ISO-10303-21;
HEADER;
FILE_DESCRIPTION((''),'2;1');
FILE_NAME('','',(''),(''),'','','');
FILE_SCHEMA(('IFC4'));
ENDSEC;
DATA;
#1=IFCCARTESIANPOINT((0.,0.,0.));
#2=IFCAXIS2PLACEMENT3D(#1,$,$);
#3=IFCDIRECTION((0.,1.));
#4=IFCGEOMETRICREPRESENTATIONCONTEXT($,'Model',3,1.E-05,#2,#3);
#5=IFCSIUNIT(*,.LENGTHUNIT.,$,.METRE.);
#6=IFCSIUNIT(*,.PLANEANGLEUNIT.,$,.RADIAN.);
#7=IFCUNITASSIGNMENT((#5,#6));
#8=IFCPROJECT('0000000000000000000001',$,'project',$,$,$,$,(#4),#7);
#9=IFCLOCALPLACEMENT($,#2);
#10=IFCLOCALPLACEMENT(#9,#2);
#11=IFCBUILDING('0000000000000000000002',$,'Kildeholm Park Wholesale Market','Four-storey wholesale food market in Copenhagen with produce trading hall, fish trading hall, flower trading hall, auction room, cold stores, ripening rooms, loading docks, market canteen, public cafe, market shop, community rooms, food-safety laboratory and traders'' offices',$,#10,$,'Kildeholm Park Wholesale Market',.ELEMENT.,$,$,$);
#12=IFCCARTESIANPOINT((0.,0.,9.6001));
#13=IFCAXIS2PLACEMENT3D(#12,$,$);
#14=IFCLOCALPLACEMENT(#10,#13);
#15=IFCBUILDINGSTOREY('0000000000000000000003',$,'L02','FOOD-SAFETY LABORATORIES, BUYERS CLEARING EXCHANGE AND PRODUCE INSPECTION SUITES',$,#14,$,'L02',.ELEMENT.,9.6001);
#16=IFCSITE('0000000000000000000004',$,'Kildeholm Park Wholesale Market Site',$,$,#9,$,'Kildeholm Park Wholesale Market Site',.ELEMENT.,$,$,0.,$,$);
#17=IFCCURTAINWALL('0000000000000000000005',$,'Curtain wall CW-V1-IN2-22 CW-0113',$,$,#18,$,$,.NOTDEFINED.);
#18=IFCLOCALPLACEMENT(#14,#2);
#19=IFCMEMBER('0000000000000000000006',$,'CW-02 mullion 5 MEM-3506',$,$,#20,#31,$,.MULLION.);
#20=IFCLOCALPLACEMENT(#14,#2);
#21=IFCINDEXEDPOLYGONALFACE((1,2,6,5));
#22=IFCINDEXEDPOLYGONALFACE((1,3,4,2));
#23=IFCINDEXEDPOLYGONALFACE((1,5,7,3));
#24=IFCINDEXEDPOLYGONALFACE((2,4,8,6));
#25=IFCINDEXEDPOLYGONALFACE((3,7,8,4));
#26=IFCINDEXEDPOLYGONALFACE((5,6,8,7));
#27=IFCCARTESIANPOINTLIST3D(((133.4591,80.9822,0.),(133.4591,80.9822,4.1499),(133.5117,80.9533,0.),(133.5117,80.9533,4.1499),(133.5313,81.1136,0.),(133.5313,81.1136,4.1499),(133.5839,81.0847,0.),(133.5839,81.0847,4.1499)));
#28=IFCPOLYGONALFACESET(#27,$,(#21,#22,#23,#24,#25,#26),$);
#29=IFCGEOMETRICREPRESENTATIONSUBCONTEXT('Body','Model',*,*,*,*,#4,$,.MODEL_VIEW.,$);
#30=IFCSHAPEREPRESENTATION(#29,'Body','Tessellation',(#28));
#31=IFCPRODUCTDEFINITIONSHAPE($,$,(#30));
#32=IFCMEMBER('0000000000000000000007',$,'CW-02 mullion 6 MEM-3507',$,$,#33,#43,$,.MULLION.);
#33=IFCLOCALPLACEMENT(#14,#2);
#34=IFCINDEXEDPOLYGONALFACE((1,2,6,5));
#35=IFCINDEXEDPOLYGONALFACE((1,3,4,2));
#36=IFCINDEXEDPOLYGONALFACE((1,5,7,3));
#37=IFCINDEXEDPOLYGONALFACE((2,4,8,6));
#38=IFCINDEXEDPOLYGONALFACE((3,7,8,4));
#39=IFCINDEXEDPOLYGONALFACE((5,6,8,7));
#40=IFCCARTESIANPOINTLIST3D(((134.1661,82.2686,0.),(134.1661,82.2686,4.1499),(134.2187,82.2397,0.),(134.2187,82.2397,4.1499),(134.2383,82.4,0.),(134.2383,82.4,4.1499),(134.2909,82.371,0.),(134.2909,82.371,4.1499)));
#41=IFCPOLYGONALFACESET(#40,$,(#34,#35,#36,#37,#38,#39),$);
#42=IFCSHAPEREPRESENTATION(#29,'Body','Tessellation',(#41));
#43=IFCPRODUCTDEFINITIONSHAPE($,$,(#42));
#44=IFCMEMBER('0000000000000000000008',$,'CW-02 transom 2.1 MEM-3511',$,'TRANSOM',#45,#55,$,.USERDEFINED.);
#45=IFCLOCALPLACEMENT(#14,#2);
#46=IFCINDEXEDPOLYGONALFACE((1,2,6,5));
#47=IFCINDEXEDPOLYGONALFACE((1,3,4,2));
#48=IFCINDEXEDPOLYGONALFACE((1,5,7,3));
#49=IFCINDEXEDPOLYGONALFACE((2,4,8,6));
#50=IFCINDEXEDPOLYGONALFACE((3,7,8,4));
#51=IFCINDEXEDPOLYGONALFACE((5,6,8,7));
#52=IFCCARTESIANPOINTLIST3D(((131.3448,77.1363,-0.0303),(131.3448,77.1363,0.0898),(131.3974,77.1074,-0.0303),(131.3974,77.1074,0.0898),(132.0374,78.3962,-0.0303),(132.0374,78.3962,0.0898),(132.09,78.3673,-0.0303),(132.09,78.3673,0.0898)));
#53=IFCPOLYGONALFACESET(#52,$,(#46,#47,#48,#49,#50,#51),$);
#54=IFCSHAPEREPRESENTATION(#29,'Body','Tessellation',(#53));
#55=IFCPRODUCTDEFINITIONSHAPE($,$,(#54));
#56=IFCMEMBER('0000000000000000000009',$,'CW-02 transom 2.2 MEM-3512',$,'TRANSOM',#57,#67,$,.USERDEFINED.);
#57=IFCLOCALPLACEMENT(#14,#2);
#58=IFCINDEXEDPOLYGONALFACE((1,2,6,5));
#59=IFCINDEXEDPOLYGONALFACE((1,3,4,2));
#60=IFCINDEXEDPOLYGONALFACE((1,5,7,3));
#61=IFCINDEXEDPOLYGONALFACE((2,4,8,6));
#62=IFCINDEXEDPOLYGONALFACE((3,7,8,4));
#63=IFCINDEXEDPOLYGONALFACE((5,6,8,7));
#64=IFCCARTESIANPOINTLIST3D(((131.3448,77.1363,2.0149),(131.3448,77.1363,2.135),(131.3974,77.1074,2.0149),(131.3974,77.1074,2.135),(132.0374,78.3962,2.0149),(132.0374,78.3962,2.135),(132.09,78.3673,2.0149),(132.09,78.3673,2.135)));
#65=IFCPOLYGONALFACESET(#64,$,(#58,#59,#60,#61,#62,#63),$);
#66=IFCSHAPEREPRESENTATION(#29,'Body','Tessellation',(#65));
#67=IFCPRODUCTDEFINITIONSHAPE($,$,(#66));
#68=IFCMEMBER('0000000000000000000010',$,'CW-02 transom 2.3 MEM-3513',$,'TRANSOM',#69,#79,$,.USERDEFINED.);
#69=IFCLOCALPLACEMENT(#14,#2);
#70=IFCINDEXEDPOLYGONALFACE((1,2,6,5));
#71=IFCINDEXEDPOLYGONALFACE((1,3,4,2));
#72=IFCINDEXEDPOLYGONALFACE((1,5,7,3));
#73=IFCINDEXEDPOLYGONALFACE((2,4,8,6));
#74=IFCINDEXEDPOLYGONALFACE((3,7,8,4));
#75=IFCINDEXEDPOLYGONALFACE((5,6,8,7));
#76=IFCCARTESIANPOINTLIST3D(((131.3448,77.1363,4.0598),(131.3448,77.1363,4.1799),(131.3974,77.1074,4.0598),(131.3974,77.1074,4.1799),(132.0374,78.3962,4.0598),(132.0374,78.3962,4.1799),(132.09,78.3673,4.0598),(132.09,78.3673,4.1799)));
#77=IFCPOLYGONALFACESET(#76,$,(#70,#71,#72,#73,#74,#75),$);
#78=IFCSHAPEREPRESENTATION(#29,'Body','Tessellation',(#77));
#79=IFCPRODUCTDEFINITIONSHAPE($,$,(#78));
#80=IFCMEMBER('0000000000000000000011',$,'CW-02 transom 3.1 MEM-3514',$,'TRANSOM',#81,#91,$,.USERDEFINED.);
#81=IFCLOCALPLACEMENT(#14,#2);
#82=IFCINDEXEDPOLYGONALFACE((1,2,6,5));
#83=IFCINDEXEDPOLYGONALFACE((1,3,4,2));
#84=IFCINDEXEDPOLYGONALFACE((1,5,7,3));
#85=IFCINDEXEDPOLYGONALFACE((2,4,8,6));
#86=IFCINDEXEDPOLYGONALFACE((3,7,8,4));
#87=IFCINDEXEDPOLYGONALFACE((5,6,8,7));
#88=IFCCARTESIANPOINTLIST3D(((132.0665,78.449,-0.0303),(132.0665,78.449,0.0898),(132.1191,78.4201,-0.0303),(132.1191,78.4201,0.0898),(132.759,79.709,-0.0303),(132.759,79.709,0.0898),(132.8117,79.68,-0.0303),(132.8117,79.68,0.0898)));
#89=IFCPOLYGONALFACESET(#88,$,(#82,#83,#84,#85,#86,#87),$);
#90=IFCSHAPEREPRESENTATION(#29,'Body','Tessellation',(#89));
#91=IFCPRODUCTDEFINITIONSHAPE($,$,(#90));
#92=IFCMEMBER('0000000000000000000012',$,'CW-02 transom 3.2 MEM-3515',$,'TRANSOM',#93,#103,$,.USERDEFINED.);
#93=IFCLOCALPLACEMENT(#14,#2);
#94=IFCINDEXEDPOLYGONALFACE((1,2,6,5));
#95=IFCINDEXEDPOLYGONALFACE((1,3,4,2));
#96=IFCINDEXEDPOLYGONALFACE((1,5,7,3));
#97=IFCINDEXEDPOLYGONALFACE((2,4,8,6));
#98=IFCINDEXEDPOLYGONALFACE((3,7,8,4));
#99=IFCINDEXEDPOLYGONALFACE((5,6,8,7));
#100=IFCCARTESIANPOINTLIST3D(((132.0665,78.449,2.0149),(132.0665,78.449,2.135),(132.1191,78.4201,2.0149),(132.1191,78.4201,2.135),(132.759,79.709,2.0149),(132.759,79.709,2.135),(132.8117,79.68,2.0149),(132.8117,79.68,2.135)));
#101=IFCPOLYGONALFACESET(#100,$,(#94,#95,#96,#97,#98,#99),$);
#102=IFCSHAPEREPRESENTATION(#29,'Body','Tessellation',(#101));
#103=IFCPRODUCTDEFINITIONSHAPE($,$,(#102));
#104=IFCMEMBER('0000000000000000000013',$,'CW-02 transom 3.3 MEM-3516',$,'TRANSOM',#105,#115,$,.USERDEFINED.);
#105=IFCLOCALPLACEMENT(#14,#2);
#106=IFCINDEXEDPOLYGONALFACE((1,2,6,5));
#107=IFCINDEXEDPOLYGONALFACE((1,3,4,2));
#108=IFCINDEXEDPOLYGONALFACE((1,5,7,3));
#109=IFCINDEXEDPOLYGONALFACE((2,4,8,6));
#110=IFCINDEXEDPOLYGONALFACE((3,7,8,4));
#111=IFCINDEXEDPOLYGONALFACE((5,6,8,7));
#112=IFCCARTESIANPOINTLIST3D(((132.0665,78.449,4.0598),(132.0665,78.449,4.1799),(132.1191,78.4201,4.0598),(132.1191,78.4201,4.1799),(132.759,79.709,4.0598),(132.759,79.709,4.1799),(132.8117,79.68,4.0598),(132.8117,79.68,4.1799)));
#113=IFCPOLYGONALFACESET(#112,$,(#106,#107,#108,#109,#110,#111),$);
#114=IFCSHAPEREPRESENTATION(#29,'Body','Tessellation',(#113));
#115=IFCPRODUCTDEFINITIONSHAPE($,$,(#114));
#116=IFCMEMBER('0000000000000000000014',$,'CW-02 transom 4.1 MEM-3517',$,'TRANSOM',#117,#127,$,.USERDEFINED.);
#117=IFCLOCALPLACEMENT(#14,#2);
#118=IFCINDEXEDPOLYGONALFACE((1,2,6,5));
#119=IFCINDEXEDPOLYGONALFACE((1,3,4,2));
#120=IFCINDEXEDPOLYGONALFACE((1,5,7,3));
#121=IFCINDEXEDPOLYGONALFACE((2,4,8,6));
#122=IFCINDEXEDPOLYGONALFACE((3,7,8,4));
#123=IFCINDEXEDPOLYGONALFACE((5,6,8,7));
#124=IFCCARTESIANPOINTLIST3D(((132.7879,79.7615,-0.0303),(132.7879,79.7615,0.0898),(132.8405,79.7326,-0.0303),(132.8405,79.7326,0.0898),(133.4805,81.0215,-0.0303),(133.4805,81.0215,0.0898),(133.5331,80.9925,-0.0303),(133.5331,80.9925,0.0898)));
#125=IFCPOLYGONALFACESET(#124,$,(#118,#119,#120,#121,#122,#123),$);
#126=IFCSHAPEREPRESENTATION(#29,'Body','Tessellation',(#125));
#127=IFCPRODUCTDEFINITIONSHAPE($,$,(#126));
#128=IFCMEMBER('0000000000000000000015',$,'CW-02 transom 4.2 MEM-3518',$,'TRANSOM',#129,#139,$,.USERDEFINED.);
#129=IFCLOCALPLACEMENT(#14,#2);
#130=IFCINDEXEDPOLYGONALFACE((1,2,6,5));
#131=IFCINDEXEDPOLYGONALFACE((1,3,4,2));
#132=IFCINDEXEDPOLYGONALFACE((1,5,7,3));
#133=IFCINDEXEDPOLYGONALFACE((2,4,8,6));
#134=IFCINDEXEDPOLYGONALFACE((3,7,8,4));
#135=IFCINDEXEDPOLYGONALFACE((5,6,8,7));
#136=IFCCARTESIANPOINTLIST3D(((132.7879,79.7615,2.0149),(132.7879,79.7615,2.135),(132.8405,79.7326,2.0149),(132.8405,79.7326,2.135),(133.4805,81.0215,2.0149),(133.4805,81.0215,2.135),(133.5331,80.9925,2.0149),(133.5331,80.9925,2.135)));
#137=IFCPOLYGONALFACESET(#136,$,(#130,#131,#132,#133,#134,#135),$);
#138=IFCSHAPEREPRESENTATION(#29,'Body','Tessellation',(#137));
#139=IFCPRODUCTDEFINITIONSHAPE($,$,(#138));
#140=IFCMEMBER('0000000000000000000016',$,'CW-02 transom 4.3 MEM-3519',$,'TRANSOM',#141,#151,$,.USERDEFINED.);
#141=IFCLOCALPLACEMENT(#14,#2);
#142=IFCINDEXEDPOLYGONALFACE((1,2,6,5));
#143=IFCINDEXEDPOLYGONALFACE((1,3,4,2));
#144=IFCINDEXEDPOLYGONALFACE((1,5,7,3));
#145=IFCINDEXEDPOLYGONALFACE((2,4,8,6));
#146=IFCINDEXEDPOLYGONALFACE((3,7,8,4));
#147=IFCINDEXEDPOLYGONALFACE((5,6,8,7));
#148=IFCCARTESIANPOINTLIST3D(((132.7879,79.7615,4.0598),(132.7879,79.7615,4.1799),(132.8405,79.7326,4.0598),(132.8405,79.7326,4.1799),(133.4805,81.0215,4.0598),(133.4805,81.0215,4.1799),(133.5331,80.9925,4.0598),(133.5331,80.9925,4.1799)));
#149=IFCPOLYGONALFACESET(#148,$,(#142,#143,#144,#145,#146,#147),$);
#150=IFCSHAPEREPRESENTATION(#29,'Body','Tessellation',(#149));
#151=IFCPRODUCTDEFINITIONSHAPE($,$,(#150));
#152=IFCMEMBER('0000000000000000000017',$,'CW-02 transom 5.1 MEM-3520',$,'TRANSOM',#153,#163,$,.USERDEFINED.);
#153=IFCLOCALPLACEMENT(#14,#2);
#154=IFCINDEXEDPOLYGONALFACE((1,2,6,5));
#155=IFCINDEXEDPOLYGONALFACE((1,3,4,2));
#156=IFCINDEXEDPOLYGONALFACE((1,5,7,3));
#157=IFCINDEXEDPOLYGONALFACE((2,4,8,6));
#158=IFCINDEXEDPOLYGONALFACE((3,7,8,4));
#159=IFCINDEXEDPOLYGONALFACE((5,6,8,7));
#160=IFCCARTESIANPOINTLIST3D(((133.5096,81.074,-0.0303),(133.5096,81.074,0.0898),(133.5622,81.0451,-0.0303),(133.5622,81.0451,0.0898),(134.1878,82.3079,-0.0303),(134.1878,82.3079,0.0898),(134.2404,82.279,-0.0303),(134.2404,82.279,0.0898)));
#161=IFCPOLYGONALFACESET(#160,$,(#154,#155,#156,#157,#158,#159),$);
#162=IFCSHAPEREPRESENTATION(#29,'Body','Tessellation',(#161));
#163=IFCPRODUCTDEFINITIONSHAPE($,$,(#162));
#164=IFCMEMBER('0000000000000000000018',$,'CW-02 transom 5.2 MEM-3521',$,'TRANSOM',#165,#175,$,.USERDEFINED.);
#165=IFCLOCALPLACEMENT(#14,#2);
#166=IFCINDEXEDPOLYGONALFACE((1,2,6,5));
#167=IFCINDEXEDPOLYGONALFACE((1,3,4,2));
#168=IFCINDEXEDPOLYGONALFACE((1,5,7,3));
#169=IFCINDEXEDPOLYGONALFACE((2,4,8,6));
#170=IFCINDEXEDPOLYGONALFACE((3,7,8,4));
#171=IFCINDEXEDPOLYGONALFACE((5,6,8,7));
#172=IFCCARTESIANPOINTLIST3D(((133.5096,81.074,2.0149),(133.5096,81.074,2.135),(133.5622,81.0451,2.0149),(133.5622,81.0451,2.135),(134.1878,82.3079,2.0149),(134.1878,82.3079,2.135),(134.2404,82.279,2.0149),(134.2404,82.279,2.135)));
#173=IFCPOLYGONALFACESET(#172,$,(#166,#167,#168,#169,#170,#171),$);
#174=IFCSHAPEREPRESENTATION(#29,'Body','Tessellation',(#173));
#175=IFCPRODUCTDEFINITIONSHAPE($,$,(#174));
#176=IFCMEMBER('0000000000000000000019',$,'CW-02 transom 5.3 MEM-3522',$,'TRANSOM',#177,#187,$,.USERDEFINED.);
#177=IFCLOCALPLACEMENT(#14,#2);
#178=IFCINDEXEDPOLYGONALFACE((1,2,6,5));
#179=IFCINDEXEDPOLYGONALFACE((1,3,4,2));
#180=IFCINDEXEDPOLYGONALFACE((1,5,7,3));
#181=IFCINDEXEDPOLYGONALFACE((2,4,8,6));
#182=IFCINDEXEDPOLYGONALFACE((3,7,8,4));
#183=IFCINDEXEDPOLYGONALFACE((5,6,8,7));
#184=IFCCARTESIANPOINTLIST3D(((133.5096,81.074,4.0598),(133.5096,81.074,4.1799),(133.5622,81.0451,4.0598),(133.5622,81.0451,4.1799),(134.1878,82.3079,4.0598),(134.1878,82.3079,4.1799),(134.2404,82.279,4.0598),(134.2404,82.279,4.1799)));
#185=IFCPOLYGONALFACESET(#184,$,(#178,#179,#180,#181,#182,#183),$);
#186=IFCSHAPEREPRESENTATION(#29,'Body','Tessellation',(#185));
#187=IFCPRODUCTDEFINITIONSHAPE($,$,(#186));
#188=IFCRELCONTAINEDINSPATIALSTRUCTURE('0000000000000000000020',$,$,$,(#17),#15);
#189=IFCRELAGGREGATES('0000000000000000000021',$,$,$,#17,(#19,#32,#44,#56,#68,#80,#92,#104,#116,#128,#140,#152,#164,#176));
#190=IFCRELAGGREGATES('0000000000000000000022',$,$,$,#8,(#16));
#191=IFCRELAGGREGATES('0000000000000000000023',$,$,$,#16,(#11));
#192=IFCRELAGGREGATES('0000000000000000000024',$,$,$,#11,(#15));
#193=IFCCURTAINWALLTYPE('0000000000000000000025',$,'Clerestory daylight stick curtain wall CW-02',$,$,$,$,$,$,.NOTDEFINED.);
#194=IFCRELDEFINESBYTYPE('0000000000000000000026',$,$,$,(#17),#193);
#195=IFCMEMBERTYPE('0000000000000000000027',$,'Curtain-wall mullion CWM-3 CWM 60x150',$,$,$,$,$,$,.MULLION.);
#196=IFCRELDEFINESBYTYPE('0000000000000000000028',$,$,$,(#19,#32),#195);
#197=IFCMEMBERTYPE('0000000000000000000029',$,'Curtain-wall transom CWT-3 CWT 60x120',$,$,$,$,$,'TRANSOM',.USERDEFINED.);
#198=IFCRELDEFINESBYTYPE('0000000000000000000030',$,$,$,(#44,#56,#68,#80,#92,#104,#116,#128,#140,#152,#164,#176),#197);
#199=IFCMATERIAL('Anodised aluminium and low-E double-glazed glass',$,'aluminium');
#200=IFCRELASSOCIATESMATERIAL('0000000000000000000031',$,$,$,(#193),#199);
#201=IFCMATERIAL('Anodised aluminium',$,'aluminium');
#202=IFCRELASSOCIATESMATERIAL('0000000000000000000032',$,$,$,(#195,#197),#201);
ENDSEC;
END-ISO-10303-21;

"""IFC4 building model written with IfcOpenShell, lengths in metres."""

from ifc_helpers import new_model, si_unit, direction, frame, origin, origin_2d, place, context, subcontext, project, spatial, rectangle, extrude, material, material_profile, profile_set, type_object, element, aggregate, save


model = new_model("IFC4")

# Units and contexts
model_context = context("Model", 3, precision=1e-05, world=origin(), true_north=direction((0.0, 1.0)))
body_context = subcontext(model_context, "Body", "Model", "MODEL_VIEW")
ifc_project = project(units=[si_unit("LENGTHUNIT", "METRE"), si_unit("PLANEANGLEUNIT", "RADIAN")], contexts=[model_context])

# Site, building, storey
site_placement = place(None, origin())
site = spatial("IfcSite", under=ifc_project, at=site_placement, Name="Kildeholm Park Wholesale Market Site", LongName="Kildeholm Park Wholesale Market Site", CompositionType="ELEMENT", RefElevation=0.0)
building_placement = place(site_placement, origin())
building = spatial("IfcBuilding", under=site, at=building_placement, Name="Kildeholm Park Wholesale Market", Description="Four-storey wholesale food market in Copenhagen with produce trading hall, fish trading hall, flower trading hall, auction room, cold stores, ripening rooms, loading docks, market canteen, public cafe, market shop, community rooms, food-safety laboratory and traders' offices", LongName="Kildeholm Park Wholesale Market", CompositionType="ELEMENT")
storey_placement = place(building_placement, frame((0.0, 0.0, 9.6001)))
storey = spatial("IfcBuildingStorey", under=building, at=storey_placement, Name="L02", Description="FOOD-SAFETY LABORATORIES, BUYERS CLEARING EXCHANGE AND PRODUCE INSPECTION SUITES", LongName="L02", CompositionType="ELEMENT", Elevation=9.6001)

# Curtain wall, members
ifc_material_1 = material(Name="Anodised aluminium and low-E double-glazed glass", Category="aluminium")
curtain_wall_type = type_object("IfcCurtainWallType", Name="Clerestory daylight stick curtain wall CW-02", PredefinedType="NOTDEFINED", material=ifc_material_1)
curtain_wall_placement = place(storey_placement, origin())
curtain_wall = element("IfcCurtainWall", 1, at=curtain_wall_placement, inside=storey, type_object=curtain_wall_type, Name="Curtain wall CW-V1-IN2-22 CW-0113", PredefinedType="NOTDEFINED")
ifc_material_2 = material(Name="Anodised aluminium", Category="aluminium")
ifc_material_profile_1 = material_profile(ifc_material_2, rectangle(XDim=0.0601, YDim=0.1499, at=origin_2d()), Name="CWM 60x150")
ifc_profile_set_1 = profile_set([ifc_material_profile_1], Name="Anodised aluminium")
member_type_1 = type_object("IfcMemberType", Name="Curtain-wall mullion CWM-3 CWM 60x150", PredefinedType="MULLION", material=ifc_profile_set_1)
member_1_placement = place(storey_placement, frame((133.5215, 81.0334, 0.0), z_axis=(0.0, 0.0, 1.0), x_axis=(-0.876309, 0.48175, 0.0)))
member_1 = element("IfcMember", 2, at=member_1_placement, type_object=member_type_1, Name="CW-02 mullion 5 MEM-3506", PredefinedType="MULLION", context=body_context, shape_type="SweptSolid", body=[
    extrude(rectangle(XDim=0.0601, YDim=0.1499, at=origin_2d()), origin(), (0.0, 0.0, 1.0), 4.1499),
])
member_2_placement = place(storey_placement, frame((134.2285, 82.3198, 0.0), z_axis=(0.0, 0.0, 1.0), x_axis=(-0.876309, 0.48175, 0.0)))
member_2 = element("IfcMember", 3, at=member_2_placement, type_object=member_type_1, Name="CW-02 mullion 6 MEM-3507", PredefinedType="MULLION", context=body_context, shape_type="SweptSolid", body=[
    extrude(rectangle(XDim=0.0601, YDim=0.1499, at=origin_2d()), origin(), (0.0, 0.0, 1.0), 4.1499),
])
ifc_material_profile_2 = material_profile(ifc_material_2, rectangle(XDim=0.0601, YDim=0.1201, at=origin_2d()), Name="CWT 60x120")
ifc_profile_set_2 = profile_set([ifc_material_profile_2], Name="Anodised aluminium")
member_type_2 = type_object("IfcMemberType", Name="Curtain-wall transom CWT-3 CWT 60x120", ElementType="TRANSOM", PredefinedType="USERDEFINED", material=ifc_profile_set_2)
member_3_placement = place(storey_placement, frame((131.3711, 77.1218, 0.0298), z_axis=(0.481717, 0.876327, 0.0), x_axis=(-0.876327, 0.481717, 0.0)))
member_3 = element("IfcMember", 4, at=member_3_placement, type_object=member_type_2, Name="CW-02 transom 2.1 MEM-3511", ObjectType="TRANSOM", PredefinedType="USERDEFINED", context=body_context, shape_type="SweptSolid", body=[
    extrude(rectangle(XDim=0.0601, YDim=0.1201, at=origin_2d()), origin(), (0.0, 0.0, 1.0), 1.4377),
])
member_4_placement = place(storey_placement, frame((131.3711, 77.1218, 2.075), z_axis=(0.481717, 0.876327, 0.0), x_axis=(-0.876327, 0.481717, 0.0)))
member_4 = element("IfcMember", 5, at=member_4_placement, type_object=member_type_2, Name="CW-02 transom 2.2 MEM-3512", ObjectType="TRANSOM", PredefinedType="USERDEFINED", context=body_context, shape_type="SweptSolid", body=[
    extrude(rectangle(XDim=0.0601, YDim=0.1201, at=origin_2d()), origin(), (0.0, 0.0, 1.0), 1.4377),
])
member_5_placement = place(storey_placement, frame((131.3711, 77.1218, 4.1199), z_axis=(0.481717, 0.876327, 0.0), x_axis=(-0.876327, 0.481717, 0.0)))
member_5 = element("IfcMember", 6, at=member_5_placement, type_object=member_type_2, Name="CW-02 transom 2.3 MEM-3513", ObjectType="TRANSOM", PredefinedType="USERDEFINED", context=body_context, shape_type="SweptSolid", body=[
    extrude(rectangle(XDim=0.0601, YDim=0.1201, at=origin_2d()), origin(), (0.0, 0.0, 1.0), 1.4377),
])
member_6_placement = place(storey_placement, frame((132.0928, 78.4346, 0.0298), z_axis=(0.481717, 0.876327, 0.0), x_axis=(-0.876327, 0.481717, 0.0)))
member_6 = element("IfcMember", 7, at=member_6_placement, type_object=member_type_2, Name="CW-02 transom 3.1 MEM-3514", ObjectType="TRANSOM", PredefinedType="USERDEFINED", context=body_context, shape_type="SweptSolid", body=[
    extrude(rectangle(XDim=0.0601, YDim=0.1201, at=origin_2d()), origin(), (0.0, 0.0, 1.0), 1.4377),
])
member_7_placement = place(storey_placement, frame((132.0928, 78.4346, 2.075), z_axis=(0.481717, 0.876327, 0.0), x_axis=(-0.876327, 0.481717, 0.0)))
member_7 = element("IfcMember", 8, at=member_7_placement, type_object=member_type_2, Name="CW-02 transom 3.2 MEM-3515", ObjectType="TRANSOM", PredefinedType="USERDEFINED", context=body_context, shape_type="SweptSolid", body=[
    extrude(rectangle(XDim=0.0601, YDim=0.1201, at=origin_2d()), origin(), (0.0, 0.0, 1.0), 1.4377),
])
member_8_placement = place(storey_placement, frame((132.0928, 78.4346, 4.1199), z_axis=(0.481717, 0.876327, 0.0), x_axis=(-0.876327, 0.481717, 0.0)))
member_8 = element("IfcMember", 9, at=member_8_placement, type_object=member_type_2, Name="CW-02 transom 3.3 MEM-3516", ObjectType="TRANSOM", PredefinedType="USERDEFINED", context=body_context, shape_type="SweptSolid", body=[
    extrude(rectangle(XDim=0.0601, YDim=0.1201, at=origin_2d()), origin(), (0.0, 0.0, 1.0), 1.4377),
])
member_9_placement = place(storey_placement, frame((132.8142, 79.7471, 0.0298), z_axis=(0.481717, 0.876327, 0.0), x_axis=(-0.876327, 0.481717, 0.0)))
member_9 = element("IfcMember", 10, at=member_9_placement, type_object=member_type_2, Name="CW-02 transom 4.1 MEM-3517", ObjectType="TRANSOM", PredefinedType="USERDEFINED", context=body_context, shape_type="SweptSolid", body=[
    extrude(rectangle(XDim=0.0601, YDim=0.1201, at=origin_2d()), origin(), (0.0, 0.0, 1.0), 1.4377),
])
member_10_placement = place(storey_placement, frame((132.8142, 79.7471, 2.075), z_axis=(0.481717, 0.876327, 0.0), x_axis=(-0.876327, 0.481717, 0.0)))
member_10 = element("IfcMember", 11, at=member_10_placement, type_object=member_type_2, Name="CW-02 transom 4.2 MEM-3518", ObjectType="TRANSOM", PredefinedType="USERDEFINED", context=body_context, shape_type="SweptSolid", body=[
    extrude(rectangle(XDim=0.0601, YDim=0.1201, at=origin_2d()), origin(), (0.0, 0.0, 1.0), 1.4377),
])
member_11_placement = place(storey_placement, frame((132.8142, 79.7471, 4.1199), z_axis=(0.481717, 0.876327, 0.0), x_axis=(-0.876327, 0.481717, 0.0)))
member_11 = element("IfcMember", 12, at=member_11_placement, type_object=member_type_2, Name="CW-02 transom 4.3 MEM-3519", ObjectType="TRANSOM", PredefinedType="USERDEFINED", context=body_context, shape_type="SweptSolid", body=[
    extrude(rectangle(XDim=0.0601, YDim=0.1201, at=origin_2d()), origin(), (0.0, 0.0, 1.0), 1.4377),
])
member_12_placement = place(storey_placement, frame((133.5359, 81.0596, 0.0298), z_axis=(0.481692, 0.87634, 0.0), x_axis=(-0.87634, 0.481692, 0.0)))
member_12 = element("IfcMember", 13, at=member_12_placement, type_object=member_type_2, Name="CW-02 transom 5.1 MEM-3520", ObjectType="TRANSOM", PredefinedType="USERDEFINED", context=body_context, shape_type="SweptSolid", body=[
    extrude(rectangle(XDim=0.0601, YDim=0.1201, at=origin_2d()), origin(), (0.0, 0.0, 1.0), 1.408),
])
member_13_placement = place(storey_placement, frame((133.5359, 81.0596, 2.075), z_axis=(0.481692, 0.87634, 0.0), x_axis=(-0.87634, 0.481692, 0.0)))
member_13 = element("IfcMember", 14, at=member_13_placement, type_object=member_type_2, Name="CW-02 transom 5.2 MEM-3521", ObjectType="TRANSOM", PredefinedType="USERDEFINED", context=body_context, shape_type="SweptSolid", body=[
    extrude(rectangle(XDim=0.0601, YDim=0.1201, at=origin_2d()), origin(), (0.0, 0.0, 1.0), 1.408),
])
member_14_placement = place(storey_placement, frame((133.5359, 81.0596, 4.1199), z_axis=(0.481692, 0.87634, 0.0), x_axis=(-0.87634, 0.481692, 0.0)))
member_14 = element("IfcMember", 15, at=member_14_placement, type_object=member_type_2, Name="CW-02 transom 5.3 MEM-3522", ObjectType="TRANSOM", PredefinedType="USERDEFINED", context=body_context, shape_type="SweptSolid", body=[
    extrude(rectangle(XDim=0.0601, YDim=0.1201, at=origin_2d()), origin(), (0.0, 0.0, 1.0), 1.408),
])
aggregate(curtain_wall, [member_1, member_2, member_3, member_4, member_5, member_6, member_7, member_8, member_9, member_10, member_11, member_12, member_13, member_14])

save(model, "model.ifc")
